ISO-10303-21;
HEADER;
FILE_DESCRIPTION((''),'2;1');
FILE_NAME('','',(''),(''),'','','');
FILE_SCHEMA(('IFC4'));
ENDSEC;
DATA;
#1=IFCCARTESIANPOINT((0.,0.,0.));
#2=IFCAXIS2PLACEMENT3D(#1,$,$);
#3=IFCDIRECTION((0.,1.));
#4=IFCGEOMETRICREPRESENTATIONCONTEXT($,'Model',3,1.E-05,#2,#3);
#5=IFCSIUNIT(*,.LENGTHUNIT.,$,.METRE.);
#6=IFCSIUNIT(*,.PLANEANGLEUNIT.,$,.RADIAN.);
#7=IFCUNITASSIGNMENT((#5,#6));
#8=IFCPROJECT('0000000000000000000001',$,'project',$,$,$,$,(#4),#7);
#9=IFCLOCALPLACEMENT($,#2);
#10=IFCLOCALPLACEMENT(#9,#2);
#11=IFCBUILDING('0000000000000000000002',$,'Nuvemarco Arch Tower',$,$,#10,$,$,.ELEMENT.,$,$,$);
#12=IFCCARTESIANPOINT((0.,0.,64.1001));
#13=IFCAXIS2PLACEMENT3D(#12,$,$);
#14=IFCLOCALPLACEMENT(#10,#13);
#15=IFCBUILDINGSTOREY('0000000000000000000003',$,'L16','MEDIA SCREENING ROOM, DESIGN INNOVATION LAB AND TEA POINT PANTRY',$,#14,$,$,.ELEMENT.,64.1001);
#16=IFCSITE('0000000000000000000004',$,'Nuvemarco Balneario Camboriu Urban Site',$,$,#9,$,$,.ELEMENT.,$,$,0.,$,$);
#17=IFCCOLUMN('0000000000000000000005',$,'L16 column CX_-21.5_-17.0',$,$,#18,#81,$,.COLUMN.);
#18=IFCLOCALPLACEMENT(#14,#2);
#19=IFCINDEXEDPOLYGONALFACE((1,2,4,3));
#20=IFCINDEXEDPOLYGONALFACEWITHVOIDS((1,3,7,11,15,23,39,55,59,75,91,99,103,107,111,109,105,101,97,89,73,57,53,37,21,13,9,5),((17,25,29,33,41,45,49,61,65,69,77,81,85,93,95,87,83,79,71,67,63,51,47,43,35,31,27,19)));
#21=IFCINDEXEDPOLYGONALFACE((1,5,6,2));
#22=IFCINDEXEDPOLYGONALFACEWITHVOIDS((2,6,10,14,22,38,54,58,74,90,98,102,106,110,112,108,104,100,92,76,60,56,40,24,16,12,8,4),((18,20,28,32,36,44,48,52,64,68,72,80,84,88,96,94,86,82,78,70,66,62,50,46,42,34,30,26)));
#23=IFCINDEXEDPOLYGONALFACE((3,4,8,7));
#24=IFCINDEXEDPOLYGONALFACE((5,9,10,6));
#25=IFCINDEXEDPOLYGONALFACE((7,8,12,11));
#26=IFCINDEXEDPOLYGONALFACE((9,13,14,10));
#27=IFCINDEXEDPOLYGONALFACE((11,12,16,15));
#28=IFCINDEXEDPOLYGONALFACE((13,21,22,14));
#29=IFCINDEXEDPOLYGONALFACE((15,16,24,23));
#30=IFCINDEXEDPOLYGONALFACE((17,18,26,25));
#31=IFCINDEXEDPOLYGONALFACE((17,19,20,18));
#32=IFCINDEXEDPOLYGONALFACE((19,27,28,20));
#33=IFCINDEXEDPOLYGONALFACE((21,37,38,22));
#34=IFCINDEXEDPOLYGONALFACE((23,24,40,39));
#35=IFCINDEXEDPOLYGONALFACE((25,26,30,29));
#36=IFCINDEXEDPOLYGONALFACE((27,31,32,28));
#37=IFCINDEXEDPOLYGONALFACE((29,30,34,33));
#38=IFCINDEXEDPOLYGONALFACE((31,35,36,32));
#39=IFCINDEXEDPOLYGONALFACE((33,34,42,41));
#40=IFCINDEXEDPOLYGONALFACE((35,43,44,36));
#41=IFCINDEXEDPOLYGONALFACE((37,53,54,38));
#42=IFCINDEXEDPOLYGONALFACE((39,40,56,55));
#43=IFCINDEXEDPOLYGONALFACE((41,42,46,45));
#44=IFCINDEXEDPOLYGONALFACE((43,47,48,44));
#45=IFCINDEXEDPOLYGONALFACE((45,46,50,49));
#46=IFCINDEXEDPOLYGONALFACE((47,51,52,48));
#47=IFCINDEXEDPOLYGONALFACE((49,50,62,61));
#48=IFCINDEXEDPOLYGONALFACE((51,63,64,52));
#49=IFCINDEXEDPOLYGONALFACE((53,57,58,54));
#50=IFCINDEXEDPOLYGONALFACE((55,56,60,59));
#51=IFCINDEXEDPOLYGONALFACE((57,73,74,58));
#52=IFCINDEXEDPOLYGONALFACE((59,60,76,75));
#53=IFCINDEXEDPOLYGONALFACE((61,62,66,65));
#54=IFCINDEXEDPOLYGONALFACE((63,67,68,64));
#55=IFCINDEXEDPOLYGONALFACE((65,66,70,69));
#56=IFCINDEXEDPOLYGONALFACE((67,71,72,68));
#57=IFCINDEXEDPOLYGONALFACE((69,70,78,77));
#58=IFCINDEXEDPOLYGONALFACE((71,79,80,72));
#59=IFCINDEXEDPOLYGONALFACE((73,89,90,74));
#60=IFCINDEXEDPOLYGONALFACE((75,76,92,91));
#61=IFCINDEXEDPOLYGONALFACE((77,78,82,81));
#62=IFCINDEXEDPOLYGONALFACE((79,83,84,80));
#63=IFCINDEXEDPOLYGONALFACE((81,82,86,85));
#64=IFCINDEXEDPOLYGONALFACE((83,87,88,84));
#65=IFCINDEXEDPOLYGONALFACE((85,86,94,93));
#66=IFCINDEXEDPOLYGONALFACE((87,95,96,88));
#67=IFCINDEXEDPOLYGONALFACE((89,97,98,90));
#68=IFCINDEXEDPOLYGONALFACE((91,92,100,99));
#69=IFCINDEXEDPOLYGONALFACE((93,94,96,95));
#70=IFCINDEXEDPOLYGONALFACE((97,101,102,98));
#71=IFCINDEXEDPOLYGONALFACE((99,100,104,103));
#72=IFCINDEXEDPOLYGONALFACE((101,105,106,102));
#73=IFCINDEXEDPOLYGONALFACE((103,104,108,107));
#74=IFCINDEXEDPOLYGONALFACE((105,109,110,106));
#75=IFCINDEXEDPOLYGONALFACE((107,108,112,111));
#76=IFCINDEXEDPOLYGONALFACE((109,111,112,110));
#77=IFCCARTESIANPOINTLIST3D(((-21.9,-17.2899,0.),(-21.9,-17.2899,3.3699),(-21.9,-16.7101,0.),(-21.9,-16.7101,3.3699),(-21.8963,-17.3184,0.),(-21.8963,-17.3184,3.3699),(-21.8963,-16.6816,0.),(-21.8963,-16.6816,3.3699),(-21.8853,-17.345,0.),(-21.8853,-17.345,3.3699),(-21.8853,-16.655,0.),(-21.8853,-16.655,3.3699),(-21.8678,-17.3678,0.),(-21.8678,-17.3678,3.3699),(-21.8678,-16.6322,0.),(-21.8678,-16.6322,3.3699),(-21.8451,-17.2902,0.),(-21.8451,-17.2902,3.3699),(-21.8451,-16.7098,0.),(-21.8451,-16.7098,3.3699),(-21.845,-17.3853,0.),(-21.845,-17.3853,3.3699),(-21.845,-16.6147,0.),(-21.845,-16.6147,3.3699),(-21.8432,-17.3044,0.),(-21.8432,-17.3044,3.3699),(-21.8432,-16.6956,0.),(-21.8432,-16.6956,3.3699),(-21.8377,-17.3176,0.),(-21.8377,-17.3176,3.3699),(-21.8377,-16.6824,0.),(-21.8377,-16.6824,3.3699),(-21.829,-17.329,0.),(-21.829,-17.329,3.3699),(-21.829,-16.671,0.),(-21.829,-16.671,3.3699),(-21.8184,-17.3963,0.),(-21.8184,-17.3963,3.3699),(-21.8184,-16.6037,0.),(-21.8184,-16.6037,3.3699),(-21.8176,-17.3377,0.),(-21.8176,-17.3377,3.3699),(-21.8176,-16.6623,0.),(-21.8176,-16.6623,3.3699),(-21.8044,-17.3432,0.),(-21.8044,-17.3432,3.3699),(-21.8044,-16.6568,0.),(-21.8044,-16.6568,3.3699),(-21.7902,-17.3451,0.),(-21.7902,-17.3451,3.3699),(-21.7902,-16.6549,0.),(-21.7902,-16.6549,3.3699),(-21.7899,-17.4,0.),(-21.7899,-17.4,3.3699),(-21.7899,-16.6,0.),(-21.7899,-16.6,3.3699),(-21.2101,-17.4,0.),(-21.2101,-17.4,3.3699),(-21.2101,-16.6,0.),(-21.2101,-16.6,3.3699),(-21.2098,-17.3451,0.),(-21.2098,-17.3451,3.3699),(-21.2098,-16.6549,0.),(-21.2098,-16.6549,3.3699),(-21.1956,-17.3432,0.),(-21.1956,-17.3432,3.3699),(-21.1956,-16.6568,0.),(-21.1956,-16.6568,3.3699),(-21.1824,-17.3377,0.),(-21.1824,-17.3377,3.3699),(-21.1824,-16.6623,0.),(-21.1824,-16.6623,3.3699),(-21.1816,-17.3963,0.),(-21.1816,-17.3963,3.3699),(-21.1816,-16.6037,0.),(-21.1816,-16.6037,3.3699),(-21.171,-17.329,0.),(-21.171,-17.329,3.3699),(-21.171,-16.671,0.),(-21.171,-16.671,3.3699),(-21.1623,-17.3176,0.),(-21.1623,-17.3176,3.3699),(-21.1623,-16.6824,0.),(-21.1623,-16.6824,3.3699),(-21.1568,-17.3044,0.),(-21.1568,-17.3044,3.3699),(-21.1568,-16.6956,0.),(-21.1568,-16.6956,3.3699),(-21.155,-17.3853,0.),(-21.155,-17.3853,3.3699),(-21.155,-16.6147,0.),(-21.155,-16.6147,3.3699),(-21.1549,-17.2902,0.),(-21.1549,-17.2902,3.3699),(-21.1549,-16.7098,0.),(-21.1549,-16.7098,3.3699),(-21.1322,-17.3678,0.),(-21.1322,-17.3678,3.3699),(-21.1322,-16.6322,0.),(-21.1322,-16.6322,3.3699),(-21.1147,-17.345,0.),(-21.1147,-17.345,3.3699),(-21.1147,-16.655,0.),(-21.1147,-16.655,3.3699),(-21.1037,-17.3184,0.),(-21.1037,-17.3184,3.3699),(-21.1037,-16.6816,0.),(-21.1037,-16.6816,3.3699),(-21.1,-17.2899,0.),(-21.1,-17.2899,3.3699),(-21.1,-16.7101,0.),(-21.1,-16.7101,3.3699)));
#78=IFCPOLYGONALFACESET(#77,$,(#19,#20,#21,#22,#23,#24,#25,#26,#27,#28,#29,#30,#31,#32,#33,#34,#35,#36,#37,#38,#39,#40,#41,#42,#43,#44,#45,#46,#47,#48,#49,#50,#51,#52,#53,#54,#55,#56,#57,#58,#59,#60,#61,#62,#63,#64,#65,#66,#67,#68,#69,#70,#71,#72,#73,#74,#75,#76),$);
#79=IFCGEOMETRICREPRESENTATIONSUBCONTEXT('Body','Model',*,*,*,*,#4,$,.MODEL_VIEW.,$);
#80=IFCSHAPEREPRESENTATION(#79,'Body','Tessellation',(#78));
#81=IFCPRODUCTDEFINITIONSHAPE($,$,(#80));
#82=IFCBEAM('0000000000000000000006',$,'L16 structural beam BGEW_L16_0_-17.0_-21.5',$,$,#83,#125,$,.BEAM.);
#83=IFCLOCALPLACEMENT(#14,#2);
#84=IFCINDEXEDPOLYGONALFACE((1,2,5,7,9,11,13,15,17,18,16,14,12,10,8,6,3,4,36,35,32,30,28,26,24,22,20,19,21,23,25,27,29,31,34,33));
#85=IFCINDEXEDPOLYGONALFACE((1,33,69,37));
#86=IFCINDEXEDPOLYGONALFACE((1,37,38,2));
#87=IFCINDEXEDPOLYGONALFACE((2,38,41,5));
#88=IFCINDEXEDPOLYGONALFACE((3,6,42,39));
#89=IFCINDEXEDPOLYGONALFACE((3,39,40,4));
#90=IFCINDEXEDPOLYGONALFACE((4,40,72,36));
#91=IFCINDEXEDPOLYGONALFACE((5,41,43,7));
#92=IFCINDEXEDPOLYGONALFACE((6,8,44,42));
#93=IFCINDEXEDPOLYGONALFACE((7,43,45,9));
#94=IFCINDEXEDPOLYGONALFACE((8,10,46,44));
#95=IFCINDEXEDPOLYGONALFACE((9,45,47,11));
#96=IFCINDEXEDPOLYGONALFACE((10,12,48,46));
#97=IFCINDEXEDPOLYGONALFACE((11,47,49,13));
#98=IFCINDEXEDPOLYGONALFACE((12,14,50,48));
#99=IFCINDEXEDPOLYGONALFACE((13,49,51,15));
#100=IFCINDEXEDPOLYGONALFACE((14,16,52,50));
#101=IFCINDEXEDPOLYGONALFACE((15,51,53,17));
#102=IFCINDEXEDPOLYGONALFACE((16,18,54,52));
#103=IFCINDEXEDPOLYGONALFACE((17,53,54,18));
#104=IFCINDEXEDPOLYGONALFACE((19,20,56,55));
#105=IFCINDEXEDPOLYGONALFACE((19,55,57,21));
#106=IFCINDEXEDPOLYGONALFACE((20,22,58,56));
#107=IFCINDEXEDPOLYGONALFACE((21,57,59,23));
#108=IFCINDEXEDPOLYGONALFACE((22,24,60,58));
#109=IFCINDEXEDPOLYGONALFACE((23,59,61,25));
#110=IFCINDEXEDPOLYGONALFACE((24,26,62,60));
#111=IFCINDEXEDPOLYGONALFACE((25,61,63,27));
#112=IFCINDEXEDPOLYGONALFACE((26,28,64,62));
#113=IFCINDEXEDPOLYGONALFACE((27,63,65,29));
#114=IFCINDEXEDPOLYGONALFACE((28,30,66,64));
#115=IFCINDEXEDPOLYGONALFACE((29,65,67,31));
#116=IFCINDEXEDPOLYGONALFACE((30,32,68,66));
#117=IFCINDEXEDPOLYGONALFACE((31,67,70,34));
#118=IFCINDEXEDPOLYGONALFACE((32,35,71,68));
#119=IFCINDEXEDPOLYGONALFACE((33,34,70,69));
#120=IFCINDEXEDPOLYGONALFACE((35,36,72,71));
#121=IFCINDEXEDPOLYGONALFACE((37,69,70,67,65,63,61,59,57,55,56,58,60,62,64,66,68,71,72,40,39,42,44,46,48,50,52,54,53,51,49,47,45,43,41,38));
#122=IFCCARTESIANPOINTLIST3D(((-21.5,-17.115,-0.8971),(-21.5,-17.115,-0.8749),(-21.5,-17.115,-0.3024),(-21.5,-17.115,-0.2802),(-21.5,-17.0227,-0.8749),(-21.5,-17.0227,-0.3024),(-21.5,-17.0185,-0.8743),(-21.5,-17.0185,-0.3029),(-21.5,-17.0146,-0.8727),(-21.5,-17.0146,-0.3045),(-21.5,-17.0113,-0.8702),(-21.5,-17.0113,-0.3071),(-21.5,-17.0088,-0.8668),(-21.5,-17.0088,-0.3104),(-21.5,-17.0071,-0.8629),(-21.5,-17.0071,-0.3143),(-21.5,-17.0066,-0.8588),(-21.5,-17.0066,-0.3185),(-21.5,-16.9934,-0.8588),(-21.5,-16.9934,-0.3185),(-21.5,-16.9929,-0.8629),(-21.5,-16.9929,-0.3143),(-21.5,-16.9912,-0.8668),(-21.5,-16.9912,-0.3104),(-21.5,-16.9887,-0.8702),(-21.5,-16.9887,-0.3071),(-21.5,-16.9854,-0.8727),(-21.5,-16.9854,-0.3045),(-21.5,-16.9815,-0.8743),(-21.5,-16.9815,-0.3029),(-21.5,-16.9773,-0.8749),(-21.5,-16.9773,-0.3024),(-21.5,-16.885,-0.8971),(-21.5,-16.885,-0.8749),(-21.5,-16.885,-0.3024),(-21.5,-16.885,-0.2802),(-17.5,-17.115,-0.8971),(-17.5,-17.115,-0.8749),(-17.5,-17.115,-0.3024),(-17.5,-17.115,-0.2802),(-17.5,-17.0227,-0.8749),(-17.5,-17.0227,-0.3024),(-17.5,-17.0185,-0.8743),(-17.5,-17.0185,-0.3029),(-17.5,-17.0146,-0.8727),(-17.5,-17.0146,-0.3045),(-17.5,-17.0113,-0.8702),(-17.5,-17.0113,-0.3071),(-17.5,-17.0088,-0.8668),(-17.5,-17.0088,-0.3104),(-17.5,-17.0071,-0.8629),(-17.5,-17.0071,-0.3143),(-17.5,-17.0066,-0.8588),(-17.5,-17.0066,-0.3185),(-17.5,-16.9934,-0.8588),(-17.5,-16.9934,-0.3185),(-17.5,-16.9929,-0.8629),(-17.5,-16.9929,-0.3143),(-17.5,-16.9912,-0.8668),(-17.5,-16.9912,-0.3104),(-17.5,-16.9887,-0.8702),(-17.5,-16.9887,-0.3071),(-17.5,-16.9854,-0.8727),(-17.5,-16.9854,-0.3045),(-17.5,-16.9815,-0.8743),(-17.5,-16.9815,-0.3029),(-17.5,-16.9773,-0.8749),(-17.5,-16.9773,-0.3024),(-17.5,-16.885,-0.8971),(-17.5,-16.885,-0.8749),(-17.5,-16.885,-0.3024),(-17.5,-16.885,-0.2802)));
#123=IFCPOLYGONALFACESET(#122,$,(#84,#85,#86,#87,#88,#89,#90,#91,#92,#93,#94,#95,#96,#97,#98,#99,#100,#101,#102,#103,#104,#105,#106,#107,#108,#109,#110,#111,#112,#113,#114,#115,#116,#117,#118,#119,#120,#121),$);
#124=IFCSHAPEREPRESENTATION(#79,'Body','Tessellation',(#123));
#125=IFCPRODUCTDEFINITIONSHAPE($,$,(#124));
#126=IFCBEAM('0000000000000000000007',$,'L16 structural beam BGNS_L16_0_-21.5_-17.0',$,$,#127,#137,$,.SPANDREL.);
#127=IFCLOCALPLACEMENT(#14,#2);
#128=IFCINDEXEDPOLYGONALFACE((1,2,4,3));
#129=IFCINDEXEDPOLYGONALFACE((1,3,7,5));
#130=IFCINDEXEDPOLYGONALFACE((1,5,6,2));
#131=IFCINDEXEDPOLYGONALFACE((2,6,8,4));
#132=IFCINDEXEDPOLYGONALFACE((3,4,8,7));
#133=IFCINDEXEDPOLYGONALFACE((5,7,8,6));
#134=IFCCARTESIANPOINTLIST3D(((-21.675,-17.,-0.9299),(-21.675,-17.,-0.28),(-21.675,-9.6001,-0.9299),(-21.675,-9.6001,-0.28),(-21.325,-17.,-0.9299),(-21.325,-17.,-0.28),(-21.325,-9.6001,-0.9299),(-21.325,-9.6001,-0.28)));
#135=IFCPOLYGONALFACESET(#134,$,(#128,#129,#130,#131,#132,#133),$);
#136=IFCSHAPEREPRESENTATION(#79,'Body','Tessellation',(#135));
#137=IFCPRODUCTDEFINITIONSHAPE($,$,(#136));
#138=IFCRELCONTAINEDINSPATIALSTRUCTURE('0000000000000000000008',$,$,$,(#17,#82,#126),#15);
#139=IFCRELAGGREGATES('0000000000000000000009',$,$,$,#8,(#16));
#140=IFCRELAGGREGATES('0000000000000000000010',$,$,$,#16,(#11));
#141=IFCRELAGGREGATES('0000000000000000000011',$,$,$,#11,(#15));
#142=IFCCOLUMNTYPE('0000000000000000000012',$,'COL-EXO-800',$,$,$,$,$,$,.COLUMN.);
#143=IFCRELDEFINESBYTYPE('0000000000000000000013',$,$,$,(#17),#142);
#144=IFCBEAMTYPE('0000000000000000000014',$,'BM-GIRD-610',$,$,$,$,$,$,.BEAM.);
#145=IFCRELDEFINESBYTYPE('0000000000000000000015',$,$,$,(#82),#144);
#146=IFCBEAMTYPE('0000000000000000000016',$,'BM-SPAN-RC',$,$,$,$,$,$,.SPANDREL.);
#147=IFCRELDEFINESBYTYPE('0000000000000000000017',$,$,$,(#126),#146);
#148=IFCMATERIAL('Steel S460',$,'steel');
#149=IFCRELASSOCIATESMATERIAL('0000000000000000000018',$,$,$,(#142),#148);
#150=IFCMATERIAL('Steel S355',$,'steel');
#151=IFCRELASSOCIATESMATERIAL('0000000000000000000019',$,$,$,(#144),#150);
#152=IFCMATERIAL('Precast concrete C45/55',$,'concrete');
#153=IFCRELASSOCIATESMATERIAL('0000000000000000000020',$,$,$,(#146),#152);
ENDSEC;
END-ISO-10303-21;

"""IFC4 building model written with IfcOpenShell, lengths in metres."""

from ifc_helpers import new_model, si_unit, direction, frame, origin, origin_2d, place, context, subcontext, project, spatial, rectangle, hollow_rectangle, i_section, extrude, material, material_profile, profile_set, type_object, element, save


model = new_model("IFC4")

# Units and contexts
model_context = context("Model", 3, precision=1e-05, world=origin(), true_north=direction((0.0, 1.0)))
body_context = subcontext(model_context, "Body", "Model", "MODEL_VIEW")
ifc_project = project(units=[si_unit("LENGTHUNIT", "METRE"), si_unit("PLANEANGLEUNIT", "RADIAN")], contexts=[model_context])

# Site, building, storey
site_placement = place(None, origin())
site = spatial("IfcSite", under=ifc_project, at=site_placement, Name="Nuvemarco Balneario Camboriu Urban Site", CompositionType="ELEMENT", RefElevation=0.0)
building_placement = place(site_placement, origin())
building = spatial("IfcBuilding", under=site, at=building_placement, Name="Nuvemarco Arch Tower", CompositionType="ELEMENT")
storey_placement = place(building_placement, frame((0.0, 0.0, 64.1001)))
storey = spatial("IfcBuildingStorey", under=building, at=storey_placement, Name="L16", Description="MEDIA SCREENING ROOM, DESIGN INNOVATION LAB AND TEA POINT PANTRY", CompositionType="ELEMENT", Elevation=64.1001)

# Column
ifc_material_1 = material(Name="Steel S460", Category="steel")
ifc_material_profile_1 = material_profile(ifc_material_1, hollow_rectangle(XDim=0.8, YDim=0.8, WallThickness=0.0549, InnerFilletRadius=0.0549, OuterFilletRadius=0.1101, at=origin_2d()), Name="SHS800x800x55")
ifc_profile_set_1 = profile_set([ifc_material_profile_1], Name="Steel S460")
column_type = type_object("IfcColumnType", Name="COL-EXO-800", PredefinedType="COLUMN", material=ifc_profile_set_1)
column_placement = place(storey_placement, frame((-21.5, -17.0, 0.0), z_axis=(0.0, 0.0, 1.0), x_axis=(1.0, 0.0, 0.0)))
element("IfcColumn", 1, at=column_placement, inside=storey, type_object=column_type, Name="L16 column CX_-21.5_-17.0", PredefinedType="COLUMN", context=body_context, shape_type="SweptSolid", body=[
    extrude(hollow_rectangle(XDim=0.8, YDim=0.8, WallThickness=0.0549, InnerFilletRadius=0.0549, OuterFilletRadius=0.1101, at=origin_2d()), origin(), (0.0, 0.0, 1.0), 3.3699),
])

# Beams
ifc_material_2 = material(Name="Steel S355", Category="steel")
ifc_material_profile_2 = material_profile(ifc_material_2, i_section(OverallWidth=0.23, OverallDepth=0.6169, WebThickness=0.0132, FlangeThickness=0.0222, FilletRadius=0.0161, at=origin_2d()), Name="W610x140")
ifc_profile_set_2 = profile_set([ifc_material_profile_2], Name="Steel S355")
beam_type_1 = type_object("IfcBeamType", Name="BM-GIRD-610", PredefinedType="BEAM", material=ifc_profile_set_2)
beam_1_placement = place(storey_placement, frame((-21.5, -17.0, -0.5886), z_axis=(1.0, 0.0, 0.0), x_axis=(0.0, 1.0, 0.0)))
element("IfcBeam", 2, at=beam_1_placement, inside=storey, type_object=beam_type_1, Name="L16 structural beam BGEW_L16_0_-17.0_-21.5", PredefinedType="BEAM", context=body_context, shape_type="SweptSolid", body=[
    extrude(i_section(OverallWidth=0.23, OverallDepth=0.6169, WebThickness=0.0132, FlangeThickness=0.0222, FilletRadius=0.0161, at=origin_2d()), origin(), (0.0, 0.0, 1.0), 4.0),
])
ifc_material_3 = material(Name="Precast concrete C45/55", Category="concrete")
ifc_material_profile_3 = material_profile(ifc_material_3, rectangle(XDim=0.3501, YDim=0.6499, at=origin_2d()), Name="PC-SP-350x650")
ifc_profile_set_3 = profile_set([ifc_material_profile_3], Name="Precast concrete C45/55")
beam_type_2 = type_object("IfcBeamType", Name="BM-SPAN-RC", PredefinedType="SPANDREL", material=ifc_profile_set_3)
beam_2_placement = place(storey_placement, frame((-21.5, -17.0, -0.605), z_axis=(0.0, 1.0, 0.0), x_axis=(-1.0, 0.0, 0.0)))
element("IfcBeam", 3, at=beam_2_placement, inside=storey, type_object=beam_type_2, Name="L16 structural beam BGNS_L16_0_-21.5_-17.0", PredefinedType="SPANDREL", context=body_context, shape_type="SweptSolid", body=[
    extrude(rectangle(XDim=0.3501, YDim=0.6499, at=origin_2d()), origin(), (0.0, 0.0, 1.0), 7.3999),
])

save(model, "model.ifc")
